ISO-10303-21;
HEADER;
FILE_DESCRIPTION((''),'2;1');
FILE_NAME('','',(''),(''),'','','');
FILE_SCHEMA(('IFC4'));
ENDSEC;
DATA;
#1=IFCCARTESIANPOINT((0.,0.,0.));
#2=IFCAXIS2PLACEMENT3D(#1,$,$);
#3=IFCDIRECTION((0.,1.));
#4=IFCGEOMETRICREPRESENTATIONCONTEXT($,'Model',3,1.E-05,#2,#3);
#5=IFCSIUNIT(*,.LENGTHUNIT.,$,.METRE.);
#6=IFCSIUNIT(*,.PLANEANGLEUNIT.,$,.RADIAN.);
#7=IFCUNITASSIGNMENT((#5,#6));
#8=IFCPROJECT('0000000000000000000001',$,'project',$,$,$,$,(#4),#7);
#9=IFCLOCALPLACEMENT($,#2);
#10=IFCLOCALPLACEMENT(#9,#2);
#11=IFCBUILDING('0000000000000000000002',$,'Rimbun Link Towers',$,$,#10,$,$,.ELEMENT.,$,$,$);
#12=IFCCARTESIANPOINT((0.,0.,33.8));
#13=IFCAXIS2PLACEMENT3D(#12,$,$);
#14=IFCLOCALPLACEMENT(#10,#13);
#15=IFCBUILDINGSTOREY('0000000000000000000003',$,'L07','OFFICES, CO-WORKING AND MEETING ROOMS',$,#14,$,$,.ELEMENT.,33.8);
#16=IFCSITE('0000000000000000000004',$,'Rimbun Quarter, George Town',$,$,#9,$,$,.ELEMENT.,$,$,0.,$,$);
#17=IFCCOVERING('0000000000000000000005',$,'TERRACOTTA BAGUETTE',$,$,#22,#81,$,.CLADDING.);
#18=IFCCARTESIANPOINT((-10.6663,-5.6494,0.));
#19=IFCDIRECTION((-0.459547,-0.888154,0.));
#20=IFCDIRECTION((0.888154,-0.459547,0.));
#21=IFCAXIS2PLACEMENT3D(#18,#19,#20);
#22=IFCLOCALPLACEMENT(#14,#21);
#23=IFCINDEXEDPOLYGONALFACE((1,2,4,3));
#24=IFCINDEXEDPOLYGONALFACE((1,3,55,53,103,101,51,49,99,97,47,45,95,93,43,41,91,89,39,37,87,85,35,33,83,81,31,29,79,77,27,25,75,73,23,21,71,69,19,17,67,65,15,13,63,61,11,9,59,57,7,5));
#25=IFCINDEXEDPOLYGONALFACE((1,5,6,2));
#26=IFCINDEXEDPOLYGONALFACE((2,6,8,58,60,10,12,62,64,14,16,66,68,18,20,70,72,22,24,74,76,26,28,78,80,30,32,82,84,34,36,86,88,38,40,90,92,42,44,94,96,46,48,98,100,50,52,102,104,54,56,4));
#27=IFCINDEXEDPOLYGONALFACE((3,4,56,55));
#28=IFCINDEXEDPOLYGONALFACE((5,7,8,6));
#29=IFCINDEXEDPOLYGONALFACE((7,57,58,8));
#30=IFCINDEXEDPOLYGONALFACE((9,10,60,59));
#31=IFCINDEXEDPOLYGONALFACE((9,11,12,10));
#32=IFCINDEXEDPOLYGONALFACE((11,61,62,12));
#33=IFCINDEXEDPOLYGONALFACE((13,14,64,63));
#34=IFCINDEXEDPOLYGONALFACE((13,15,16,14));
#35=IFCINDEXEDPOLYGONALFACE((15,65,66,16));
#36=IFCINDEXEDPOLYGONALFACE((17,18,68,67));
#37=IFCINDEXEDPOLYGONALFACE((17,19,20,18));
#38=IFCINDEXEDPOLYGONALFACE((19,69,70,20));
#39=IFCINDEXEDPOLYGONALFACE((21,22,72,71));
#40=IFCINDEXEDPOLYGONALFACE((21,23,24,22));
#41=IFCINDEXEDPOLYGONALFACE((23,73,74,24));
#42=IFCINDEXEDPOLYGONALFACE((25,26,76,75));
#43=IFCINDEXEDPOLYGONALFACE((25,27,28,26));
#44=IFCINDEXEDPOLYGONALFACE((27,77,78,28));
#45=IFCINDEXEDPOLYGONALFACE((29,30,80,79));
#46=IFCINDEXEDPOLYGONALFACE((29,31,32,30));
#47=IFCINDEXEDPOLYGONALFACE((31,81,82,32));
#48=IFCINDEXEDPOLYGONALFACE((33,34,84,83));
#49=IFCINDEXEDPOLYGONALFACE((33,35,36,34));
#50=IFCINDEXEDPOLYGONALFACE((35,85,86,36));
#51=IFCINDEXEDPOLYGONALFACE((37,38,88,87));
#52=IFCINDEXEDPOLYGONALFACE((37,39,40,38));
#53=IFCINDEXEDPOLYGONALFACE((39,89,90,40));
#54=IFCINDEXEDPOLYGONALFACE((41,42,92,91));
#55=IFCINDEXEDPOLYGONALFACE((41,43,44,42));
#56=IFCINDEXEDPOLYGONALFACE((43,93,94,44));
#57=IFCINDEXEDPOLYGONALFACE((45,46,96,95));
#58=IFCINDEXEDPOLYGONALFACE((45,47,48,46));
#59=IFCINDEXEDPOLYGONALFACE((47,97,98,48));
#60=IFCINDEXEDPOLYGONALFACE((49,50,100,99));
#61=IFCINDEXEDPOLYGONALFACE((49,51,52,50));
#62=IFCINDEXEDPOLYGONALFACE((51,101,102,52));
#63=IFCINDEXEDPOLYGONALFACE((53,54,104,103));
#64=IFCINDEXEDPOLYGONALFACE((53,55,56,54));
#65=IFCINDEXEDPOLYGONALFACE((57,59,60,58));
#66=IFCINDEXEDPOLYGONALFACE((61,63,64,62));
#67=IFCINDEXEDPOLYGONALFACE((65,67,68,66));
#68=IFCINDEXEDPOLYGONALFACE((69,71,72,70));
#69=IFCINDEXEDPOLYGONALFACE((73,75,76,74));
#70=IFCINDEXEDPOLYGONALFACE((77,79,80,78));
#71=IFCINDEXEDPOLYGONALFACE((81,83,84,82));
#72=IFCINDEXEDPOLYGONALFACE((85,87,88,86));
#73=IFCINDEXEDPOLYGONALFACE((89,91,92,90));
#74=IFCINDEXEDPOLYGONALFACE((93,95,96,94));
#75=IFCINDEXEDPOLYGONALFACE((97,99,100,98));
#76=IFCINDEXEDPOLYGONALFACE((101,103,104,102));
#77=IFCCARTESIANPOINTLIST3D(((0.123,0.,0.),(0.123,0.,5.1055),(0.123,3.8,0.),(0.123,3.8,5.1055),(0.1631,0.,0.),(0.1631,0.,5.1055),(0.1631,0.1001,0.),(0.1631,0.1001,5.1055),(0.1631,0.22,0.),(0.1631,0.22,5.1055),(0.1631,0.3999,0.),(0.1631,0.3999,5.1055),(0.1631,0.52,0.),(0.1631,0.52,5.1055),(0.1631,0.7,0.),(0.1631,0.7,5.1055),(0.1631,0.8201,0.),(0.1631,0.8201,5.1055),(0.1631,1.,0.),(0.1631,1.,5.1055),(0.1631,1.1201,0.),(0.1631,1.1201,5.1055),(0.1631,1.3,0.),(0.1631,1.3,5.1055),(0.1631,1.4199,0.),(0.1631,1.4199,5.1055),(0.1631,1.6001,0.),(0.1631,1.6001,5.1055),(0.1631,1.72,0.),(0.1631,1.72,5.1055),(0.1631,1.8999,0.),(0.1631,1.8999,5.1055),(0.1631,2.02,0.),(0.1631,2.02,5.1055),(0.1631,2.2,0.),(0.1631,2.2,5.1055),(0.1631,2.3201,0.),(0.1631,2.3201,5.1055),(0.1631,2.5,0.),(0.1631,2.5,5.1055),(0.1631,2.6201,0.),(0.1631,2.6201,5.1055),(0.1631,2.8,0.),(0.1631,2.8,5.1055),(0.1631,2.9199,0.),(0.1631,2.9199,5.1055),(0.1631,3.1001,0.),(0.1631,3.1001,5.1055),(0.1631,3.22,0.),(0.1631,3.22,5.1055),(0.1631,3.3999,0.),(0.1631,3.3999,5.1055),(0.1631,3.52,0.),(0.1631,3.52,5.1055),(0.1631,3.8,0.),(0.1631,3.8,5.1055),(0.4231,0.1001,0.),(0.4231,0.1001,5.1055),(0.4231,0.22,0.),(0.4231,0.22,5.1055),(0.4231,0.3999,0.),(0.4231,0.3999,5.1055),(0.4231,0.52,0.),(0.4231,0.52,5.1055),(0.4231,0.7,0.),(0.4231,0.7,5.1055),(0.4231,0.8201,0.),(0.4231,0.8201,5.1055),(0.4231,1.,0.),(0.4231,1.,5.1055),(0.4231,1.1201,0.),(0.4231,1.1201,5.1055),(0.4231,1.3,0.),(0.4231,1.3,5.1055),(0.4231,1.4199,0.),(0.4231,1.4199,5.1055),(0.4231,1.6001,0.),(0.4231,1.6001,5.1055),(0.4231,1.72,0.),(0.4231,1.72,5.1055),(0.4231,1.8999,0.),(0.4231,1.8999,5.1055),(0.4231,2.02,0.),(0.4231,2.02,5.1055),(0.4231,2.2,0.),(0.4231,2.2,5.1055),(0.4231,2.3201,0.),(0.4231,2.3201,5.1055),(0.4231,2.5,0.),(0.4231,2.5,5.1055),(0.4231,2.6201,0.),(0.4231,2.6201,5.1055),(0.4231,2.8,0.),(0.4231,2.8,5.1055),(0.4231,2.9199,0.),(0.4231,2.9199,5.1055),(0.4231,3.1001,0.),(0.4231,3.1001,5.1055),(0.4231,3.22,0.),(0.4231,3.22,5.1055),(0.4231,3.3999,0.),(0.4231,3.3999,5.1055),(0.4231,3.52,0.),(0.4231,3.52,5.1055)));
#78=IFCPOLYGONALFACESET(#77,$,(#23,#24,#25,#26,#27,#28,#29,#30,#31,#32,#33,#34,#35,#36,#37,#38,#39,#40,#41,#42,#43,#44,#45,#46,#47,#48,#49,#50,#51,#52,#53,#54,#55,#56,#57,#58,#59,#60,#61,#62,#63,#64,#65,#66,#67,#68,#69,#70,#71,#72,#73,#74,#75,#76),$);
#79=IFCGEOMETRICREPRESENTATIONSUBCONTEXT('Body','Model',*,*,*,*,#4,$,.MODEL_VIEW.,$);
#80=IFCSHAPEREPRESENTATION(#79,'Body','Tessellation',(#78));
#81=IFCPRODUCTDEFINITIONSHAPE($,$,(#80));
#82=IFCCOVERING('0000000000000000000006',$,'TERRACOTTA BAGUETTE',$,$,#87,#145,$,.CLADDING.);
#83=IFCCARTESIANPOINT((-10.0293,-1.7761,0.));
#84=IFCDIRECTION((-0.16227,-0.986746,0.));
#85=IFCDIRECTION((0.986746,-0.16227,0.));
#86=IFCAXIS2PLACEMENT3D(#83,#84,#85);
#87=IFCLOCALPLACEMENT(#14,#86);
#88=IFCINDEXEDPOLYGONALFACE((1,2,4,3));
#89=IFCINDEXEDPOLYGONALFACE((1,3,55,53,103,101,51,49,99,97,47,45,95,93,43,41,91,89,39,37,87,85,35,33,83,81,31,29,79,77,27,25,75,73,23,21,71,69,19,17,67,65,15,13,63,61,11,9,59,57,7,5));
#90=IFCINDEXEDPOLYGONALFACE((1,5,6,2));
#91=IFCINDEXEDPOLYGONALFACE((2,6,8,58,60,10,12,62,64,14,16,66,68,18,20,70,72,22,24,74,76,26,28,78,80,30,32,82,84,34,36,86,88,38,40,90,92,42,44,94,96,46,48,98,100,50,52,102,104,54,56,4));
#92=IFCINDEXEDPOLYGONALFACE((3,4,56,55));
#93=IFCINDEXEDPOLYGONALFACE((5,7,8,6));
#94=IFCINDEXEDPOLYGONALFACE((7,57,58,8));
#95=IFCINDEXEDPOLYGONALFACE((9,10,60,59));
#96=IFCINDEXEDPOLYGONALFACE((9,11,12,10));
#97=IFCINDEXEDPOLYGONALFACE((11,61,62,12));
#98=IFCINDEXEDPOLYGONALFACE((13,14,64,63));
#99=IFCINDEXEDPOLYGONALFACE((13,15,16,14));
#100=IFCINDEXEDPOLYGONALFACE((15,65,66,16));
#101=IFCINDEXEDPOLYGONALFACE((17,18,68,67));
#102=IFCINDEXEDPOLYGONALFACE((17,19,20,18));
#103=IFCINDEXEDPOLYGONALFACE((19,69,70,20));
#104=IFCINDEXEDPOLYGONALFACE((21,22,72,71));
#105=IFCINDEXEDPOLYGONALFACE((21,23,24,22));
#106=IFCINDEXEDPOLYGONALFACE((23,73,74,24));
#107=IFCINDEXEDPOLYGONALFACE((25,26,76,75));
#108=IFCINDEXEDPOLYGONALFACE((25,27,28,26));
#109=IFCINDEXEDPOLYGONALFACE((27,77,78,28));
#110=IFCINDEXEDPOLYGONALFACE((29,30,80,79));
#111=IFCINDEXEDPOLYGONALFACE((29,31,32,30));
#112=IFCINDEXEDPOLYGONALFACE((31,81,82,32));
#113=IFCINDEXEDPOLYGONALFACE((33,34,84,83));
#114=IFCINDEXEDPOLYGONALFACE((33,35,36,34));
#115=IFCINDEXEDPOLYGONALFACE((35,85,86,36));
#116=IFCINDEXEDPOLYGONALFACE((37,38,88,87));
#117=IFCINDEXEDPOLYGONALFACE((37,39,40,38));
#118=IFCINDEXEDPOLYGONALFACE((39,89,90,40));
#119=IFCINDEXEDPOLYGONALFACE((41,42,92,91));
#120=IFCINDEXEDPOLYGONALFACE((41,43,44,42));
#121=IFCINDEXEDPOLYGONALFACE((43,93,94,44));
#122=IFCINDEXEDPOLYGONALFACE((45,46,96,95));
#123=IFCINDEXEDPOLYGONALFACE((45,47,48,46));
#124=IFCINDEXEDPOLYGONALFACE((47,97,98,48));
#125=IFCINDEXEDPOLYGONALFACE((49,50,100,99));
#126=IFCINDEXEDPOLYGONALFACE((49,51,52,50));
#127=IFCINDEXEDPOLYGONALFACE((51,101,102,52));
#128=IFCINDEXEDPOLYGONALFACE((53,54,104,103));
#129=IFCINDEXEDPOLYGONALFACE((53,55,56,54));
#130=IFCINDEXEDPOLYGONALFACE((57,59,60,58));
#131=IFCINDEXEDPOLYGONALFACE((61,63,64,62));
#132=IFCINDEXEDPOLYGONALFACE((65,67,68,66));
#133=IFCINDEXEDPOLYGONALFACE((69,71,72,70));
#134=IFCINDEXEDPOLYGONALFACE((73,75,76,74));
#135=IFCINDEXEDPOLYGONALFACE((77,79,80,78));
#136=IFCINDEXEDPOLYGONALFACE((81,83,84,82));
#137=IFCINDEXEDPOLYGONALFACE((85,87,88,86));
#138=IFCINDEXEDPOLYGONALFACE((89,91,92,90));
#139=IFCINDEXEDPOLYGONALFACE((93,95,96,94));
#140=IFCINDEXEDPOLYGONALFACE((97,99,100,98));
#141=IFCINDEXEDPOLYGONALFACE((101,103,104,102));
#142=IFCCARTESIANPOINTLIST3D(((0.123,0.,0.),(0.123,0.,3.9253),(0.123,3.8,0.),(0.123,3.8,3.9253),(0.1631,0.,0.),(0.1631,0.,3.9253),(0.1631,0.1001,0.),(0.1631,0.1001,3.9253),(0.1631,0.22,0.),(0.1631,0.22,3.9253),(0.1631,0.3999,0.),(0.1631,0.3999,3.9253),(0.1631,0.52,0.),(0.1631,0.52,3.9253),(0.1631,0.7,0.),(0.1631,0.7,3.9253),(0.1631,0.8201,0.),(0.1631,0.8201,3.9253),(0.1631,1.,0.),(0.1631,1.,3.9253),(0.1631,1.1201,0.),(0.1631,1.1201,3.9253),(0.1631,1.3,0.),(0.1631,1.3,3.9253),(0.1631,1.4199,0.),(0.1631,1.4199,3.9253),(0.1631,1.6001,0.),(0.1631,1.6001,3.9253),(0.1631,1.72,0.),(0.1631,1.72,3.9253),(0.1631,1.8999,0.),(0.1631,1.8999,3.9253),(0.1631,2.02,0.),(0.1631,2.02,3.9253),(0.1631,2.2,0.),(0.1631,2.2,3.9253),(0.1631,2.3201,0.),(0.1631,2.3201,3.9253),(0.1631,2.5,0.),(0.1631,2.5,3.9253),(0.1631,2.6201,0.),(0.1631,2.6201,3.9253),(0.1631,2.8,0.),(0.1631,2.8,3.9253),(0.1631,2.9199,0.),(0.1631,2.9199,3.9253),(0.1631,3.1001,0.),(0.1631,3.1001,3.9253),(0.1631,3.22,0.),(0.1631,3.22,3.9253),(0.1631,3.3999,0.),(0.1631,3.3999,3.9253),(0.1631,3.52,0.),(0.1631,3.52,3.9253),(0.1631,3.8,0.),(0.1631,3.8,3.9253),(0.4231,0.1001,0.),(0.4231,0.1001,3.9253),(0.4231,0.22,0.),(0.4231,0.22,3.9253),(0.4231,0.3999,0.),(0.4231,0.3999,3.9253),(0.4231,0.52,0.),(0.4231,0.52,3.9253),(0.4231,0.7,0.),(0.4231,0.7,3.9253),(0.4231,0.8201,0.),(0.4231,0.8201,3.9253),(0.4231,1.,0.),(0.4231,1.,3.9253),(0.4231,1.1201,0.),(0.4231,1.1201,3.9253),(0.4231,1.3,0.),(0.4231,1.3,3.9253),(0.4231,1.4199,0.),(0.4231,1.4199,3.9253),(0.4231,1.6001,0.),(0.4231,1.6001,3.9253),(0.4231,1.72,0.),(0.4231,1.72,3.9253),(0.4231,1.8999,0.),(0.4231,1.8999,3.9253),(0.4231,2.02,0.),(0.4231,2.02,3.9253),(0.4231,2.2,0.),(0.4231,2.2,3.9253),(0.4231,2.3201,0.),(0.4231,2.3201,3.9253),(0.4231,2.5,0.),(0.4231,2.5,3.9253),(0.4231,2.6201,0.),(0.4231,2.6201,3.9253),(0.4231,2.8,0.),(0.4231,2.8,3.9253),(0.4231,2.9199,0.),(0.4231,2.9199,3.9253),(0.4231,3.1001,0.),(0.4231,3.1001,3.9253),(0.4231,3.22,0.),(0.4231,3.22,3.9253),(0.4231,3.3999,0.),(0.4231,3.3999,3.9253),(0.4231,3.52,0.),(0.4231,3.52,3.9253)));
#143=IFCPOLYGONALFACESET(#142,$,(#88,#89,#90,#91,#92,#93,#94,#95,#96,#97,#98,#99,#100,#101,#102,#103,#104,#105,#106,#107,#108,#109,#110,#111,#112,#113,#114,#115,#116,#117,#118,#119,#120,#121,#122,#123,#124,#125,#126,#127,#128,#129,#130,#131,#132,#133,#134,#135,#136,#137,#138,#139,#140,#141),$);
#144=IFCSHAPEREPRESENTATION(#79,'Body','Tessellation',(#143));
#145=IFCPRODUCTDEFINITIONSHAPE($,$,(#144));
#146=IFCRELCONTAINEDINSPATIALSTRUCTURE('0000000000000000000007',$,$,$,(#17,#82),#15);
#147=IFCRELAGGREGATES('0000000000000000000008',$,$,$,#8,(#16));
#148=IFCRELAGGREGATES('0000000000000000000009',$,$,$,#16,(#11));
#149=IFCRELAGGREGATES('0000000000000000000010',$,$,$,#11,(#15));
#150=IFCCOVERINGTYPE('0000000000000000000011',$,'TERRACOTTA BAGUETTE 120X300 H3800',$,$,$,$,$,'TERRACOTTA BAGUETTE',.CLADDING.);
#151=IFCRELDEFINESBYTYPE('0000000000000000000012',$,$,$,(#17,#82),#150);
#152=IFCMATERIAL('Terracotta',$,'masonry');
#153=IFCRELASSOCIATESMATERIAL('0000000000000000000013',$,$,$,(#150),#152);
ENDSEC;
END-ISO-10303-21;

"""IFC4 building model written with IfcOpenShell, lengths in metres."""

from ifc_helpers import new_model, si_unit, direction, frame, origin, place, context, subcontext, project, spatial, polyline, outline, extrude, material, material_profile, profile_set, type_object, element, save


model = new_model("IFC4")

# Units and contexts
model_context = context("Model", 3, precision=1e-05, world=origin(), true_north=direction((0.0, 1.0)))
body_context = subcontext(model_context, "Body", "Model", "MODEL_VIEW")
ifc_project = project(units=[si_unit("LENGTHUNIT", "METRE"), si_unit("PLANEANGLEUNIT", "RADIAN")], contexts=[model_context])

# Site, building, storey
site_placement = place(None, origin())
site = spatial("IfcSite", under=ifc_project, at=site_placement, Name="Rimbun Quarter, George Town", CompositionType="ELEMENT", RefElevation=0.0)
building_placement = place(site_placement, origin())
building = spatial("IfcBuilding", under=site, at=building_placement, Name="Rimbun Link Towers", CompositionType="ELEMENT")
storey_placement = place(building_placement, frame((0.0, 0.0, 33.8)))
storey = spatial("IfcBuildingStorey", under=building, at=storey_placement, Name="L07", Description="OFFICES, CO-WORKING AND MEETING ROOMS", CompositionType="ELEMENT", Elevation=33.8)

# Coverings
ifc_material_1 = material(Name="Terracotta", Category="masonry")
ifc_material_profile_1 = material_profile(ifc_material_1, outline(polyline([(0.123, 0.0), (0.1631, 0.0), (0.1631, 0.1001), (0.4231, 0.1001), (0.4231, 0.22), (0.1631, 0.22), (0.1631, 0.3999), (0.4231, 0.3999), (0.4231, 0.52), (0.1631, 0.52), (0.1631, 0.7), (0.4231, 0.7), (0.4231, 0.8201), (0.1631, 0.8201), (0.1631, 1.0), (0.4231, 1.0), (0.4231, 1.1201), (0.1631, 1.1201), (0.1631, 1.3), (0.4231, 1.3), (0.4231, 1.4199), (0.1631, 1.4199), (0.1631, 1.6001), (0.4231, 1.6001), (0.4231, 1.72), (0.1631, 1.72), (0.1631, 1.8999), (0.4231, 1.8999), (0.4231, 2.02), (0.1631, 2.02), (0.1631, 2.2), (0.4231, 2.2), (0.4231, 2.3201), (0.1631, 2.3201), (0.1631, 2.5), (0.4231, 2.5), (0.4231, 2.6201), (0.1631, 2.6201), (0.1631, 2.8), (0.4231, 2.8), (0.4231, 2.9199), (0.1631, 2.9199), (0.1631, 3.1001), (0.4231, 3.1001), (0.4231, 3.22), (0.1631, 3.22), (0.1631, 3.3999), (0.4231, 3.3999), (0.4231, 3.52), (0.1631, 3.52), (0.1631, 3.8), (0.123, 3.8), (0.123, 0.0)])), Name="BAGUETTE 120X300")
ifc_profile_set_1 = profile_set([ifc_material_profile_1], Name="Terracotta")
covering_type = type_object("IfcCoveringType", Name="TERRACOTTA BAGUETTE 120X300 H3800", ElementType="TERRACOTTA BAGUETTE", PredefinedType="CLADDING", material=ifc_profile_set_1)
covering_1_placement = place(storey_placement, frame((-10.6663, -5.6494, 0.0), z_axis=(-0.459547, -0.888154, 0.0), x_axis=(0.888154, -0.459547, 0.0)))
element("IfcCovering", 1, at=covering_1_placement, inside=storey, type_object=covering_type, Name="TERRACOTTA BAGUETTE", PredefinedType="CLADDING", context=body_context, shape_type="SweptSolid", body=[
    extrude(outline(polyline([(0.123, 0.0), (0.1631, 0.0), (0.1631, 0.1001), (0.4231, 0.1001), (0.4231, 0.22), (0.1631, 0.22), (0.1631, 0.3999), (0.4231, 0.3999), (0.4231, 0.52), (0.1631, 0.52), (0.1631, 0.7), (0.4231, 0.7), (0.4231, 0.8201), (0.1631, 0.8201), (0.1631, 1.0), (0.4231, 1.0), (0.4231, 1.1201), (0.1631, 1.1201), (0.1631, 1.3), (0.4231, 1.3), (0.4231, 1.4199), (0.1631, 1.4199), (0.1631, 1.6001), (0.4231, 1.6001), (0.4231, 1.72), (0.1631, 1.72), (0.1631, 1.8999), (0.4231, 1.8999), (0.4231, 2.02), (0.1631, 2.02), (0.1631, 2.2), (0.4231, 2.2), (0.4231, 2.3201), (0.1631, 2.3201), (0.1631, 2.5), (0.4231, 2.5), (0.4231, 2.6201), (0.1631, 2.6201), (0.1631, 2.8), (0.4231, 2.8), (0.4231, 2.9199), (0.1631, 2.9199), (0.1631, 3.1001), (0.4231, 3.1001), (0.4231, 3.22), (0.1631, 3.22), (0.1631, 3.3999), (0.4231, 3.3999), (0.4231, 3.52), (0.1631, 3.52), (0.1631, 3.8), (0.123, 3.8), (0.123, 0.0)])), origin(), (0.0, 0.0, 1.0), 5.1055),
])
covering_2_placement = place(storey_placement, frame((-10.0293, -1.7761, 0.0), z_axis=(-0.16227, -0.986746, 0.0), x_axis=(0.986746, -0.16227, 0.0)))
element("IfcCovering", 2, at=covering_2_placement, inside=storey, type_object=covering_type, Name="TERRACOTTA BAGUETTE", PredefinedType="CLADDING", context=body_context, shape_type="SweptSolid", body=[
    extrude(outline(polyline([(0.123, 0.0), (0.1631, 0.0), (0.1631, 0.1001), (0.4231, 0.1001), (0.4231, 0.22), (0.1631, 0.22), (0.1631, 0.3999), (0.4231, 0.3999), (0.4231, 0.52), (0.1631, 0.52), (0.1631, 0.7), (0.4231, 0.7), (0.4231, 0.8201), (0.1631, 0.8201), (0.1631, 1.0), (0.4231, 1.0), (0.4231, 1.1201), (0.1631, 1.1201), (0.1631, 1.3), (0.4231, 1.3), (0.4231, 1.4199), (0.1631, 1.4199), (0.1631, 1.6001), (0.4231, 1.6001), (0.4231, 1.72), (0.1631, 1.72), (0.1631, 1.8999), (0.4231, 1.8999), (0.4231, 2.02), (0.1631, 2.02), (0.1631, 2.2), (0.4231, 2.2), (0.4231, 2.3201), (0.1631, 2.3201), (0.1631, 2.5), (0.4231, 2.5), (0.4231, 2.6201), (0.1631, 2.6201), (0.1631, 2.8), (0.4231, 2.8), (0.4231, 2.9199), (0.1631, 2.9199), (0.1631, 3.1001), (0.4231, 3.1001), (0.4231, 3.22), (0.1631, 3.22), (0.1631, 3.3999), (0.4231, 3.3999), (0.4231, 3.52), (0.1631, 3.52), (0.1631, 3.8), (0.123, 3.8), (0.123, 0.0)])), origin(), (0.0, 0.0, 1.0), 3.9253),
])

save(model, "model.ifc")
